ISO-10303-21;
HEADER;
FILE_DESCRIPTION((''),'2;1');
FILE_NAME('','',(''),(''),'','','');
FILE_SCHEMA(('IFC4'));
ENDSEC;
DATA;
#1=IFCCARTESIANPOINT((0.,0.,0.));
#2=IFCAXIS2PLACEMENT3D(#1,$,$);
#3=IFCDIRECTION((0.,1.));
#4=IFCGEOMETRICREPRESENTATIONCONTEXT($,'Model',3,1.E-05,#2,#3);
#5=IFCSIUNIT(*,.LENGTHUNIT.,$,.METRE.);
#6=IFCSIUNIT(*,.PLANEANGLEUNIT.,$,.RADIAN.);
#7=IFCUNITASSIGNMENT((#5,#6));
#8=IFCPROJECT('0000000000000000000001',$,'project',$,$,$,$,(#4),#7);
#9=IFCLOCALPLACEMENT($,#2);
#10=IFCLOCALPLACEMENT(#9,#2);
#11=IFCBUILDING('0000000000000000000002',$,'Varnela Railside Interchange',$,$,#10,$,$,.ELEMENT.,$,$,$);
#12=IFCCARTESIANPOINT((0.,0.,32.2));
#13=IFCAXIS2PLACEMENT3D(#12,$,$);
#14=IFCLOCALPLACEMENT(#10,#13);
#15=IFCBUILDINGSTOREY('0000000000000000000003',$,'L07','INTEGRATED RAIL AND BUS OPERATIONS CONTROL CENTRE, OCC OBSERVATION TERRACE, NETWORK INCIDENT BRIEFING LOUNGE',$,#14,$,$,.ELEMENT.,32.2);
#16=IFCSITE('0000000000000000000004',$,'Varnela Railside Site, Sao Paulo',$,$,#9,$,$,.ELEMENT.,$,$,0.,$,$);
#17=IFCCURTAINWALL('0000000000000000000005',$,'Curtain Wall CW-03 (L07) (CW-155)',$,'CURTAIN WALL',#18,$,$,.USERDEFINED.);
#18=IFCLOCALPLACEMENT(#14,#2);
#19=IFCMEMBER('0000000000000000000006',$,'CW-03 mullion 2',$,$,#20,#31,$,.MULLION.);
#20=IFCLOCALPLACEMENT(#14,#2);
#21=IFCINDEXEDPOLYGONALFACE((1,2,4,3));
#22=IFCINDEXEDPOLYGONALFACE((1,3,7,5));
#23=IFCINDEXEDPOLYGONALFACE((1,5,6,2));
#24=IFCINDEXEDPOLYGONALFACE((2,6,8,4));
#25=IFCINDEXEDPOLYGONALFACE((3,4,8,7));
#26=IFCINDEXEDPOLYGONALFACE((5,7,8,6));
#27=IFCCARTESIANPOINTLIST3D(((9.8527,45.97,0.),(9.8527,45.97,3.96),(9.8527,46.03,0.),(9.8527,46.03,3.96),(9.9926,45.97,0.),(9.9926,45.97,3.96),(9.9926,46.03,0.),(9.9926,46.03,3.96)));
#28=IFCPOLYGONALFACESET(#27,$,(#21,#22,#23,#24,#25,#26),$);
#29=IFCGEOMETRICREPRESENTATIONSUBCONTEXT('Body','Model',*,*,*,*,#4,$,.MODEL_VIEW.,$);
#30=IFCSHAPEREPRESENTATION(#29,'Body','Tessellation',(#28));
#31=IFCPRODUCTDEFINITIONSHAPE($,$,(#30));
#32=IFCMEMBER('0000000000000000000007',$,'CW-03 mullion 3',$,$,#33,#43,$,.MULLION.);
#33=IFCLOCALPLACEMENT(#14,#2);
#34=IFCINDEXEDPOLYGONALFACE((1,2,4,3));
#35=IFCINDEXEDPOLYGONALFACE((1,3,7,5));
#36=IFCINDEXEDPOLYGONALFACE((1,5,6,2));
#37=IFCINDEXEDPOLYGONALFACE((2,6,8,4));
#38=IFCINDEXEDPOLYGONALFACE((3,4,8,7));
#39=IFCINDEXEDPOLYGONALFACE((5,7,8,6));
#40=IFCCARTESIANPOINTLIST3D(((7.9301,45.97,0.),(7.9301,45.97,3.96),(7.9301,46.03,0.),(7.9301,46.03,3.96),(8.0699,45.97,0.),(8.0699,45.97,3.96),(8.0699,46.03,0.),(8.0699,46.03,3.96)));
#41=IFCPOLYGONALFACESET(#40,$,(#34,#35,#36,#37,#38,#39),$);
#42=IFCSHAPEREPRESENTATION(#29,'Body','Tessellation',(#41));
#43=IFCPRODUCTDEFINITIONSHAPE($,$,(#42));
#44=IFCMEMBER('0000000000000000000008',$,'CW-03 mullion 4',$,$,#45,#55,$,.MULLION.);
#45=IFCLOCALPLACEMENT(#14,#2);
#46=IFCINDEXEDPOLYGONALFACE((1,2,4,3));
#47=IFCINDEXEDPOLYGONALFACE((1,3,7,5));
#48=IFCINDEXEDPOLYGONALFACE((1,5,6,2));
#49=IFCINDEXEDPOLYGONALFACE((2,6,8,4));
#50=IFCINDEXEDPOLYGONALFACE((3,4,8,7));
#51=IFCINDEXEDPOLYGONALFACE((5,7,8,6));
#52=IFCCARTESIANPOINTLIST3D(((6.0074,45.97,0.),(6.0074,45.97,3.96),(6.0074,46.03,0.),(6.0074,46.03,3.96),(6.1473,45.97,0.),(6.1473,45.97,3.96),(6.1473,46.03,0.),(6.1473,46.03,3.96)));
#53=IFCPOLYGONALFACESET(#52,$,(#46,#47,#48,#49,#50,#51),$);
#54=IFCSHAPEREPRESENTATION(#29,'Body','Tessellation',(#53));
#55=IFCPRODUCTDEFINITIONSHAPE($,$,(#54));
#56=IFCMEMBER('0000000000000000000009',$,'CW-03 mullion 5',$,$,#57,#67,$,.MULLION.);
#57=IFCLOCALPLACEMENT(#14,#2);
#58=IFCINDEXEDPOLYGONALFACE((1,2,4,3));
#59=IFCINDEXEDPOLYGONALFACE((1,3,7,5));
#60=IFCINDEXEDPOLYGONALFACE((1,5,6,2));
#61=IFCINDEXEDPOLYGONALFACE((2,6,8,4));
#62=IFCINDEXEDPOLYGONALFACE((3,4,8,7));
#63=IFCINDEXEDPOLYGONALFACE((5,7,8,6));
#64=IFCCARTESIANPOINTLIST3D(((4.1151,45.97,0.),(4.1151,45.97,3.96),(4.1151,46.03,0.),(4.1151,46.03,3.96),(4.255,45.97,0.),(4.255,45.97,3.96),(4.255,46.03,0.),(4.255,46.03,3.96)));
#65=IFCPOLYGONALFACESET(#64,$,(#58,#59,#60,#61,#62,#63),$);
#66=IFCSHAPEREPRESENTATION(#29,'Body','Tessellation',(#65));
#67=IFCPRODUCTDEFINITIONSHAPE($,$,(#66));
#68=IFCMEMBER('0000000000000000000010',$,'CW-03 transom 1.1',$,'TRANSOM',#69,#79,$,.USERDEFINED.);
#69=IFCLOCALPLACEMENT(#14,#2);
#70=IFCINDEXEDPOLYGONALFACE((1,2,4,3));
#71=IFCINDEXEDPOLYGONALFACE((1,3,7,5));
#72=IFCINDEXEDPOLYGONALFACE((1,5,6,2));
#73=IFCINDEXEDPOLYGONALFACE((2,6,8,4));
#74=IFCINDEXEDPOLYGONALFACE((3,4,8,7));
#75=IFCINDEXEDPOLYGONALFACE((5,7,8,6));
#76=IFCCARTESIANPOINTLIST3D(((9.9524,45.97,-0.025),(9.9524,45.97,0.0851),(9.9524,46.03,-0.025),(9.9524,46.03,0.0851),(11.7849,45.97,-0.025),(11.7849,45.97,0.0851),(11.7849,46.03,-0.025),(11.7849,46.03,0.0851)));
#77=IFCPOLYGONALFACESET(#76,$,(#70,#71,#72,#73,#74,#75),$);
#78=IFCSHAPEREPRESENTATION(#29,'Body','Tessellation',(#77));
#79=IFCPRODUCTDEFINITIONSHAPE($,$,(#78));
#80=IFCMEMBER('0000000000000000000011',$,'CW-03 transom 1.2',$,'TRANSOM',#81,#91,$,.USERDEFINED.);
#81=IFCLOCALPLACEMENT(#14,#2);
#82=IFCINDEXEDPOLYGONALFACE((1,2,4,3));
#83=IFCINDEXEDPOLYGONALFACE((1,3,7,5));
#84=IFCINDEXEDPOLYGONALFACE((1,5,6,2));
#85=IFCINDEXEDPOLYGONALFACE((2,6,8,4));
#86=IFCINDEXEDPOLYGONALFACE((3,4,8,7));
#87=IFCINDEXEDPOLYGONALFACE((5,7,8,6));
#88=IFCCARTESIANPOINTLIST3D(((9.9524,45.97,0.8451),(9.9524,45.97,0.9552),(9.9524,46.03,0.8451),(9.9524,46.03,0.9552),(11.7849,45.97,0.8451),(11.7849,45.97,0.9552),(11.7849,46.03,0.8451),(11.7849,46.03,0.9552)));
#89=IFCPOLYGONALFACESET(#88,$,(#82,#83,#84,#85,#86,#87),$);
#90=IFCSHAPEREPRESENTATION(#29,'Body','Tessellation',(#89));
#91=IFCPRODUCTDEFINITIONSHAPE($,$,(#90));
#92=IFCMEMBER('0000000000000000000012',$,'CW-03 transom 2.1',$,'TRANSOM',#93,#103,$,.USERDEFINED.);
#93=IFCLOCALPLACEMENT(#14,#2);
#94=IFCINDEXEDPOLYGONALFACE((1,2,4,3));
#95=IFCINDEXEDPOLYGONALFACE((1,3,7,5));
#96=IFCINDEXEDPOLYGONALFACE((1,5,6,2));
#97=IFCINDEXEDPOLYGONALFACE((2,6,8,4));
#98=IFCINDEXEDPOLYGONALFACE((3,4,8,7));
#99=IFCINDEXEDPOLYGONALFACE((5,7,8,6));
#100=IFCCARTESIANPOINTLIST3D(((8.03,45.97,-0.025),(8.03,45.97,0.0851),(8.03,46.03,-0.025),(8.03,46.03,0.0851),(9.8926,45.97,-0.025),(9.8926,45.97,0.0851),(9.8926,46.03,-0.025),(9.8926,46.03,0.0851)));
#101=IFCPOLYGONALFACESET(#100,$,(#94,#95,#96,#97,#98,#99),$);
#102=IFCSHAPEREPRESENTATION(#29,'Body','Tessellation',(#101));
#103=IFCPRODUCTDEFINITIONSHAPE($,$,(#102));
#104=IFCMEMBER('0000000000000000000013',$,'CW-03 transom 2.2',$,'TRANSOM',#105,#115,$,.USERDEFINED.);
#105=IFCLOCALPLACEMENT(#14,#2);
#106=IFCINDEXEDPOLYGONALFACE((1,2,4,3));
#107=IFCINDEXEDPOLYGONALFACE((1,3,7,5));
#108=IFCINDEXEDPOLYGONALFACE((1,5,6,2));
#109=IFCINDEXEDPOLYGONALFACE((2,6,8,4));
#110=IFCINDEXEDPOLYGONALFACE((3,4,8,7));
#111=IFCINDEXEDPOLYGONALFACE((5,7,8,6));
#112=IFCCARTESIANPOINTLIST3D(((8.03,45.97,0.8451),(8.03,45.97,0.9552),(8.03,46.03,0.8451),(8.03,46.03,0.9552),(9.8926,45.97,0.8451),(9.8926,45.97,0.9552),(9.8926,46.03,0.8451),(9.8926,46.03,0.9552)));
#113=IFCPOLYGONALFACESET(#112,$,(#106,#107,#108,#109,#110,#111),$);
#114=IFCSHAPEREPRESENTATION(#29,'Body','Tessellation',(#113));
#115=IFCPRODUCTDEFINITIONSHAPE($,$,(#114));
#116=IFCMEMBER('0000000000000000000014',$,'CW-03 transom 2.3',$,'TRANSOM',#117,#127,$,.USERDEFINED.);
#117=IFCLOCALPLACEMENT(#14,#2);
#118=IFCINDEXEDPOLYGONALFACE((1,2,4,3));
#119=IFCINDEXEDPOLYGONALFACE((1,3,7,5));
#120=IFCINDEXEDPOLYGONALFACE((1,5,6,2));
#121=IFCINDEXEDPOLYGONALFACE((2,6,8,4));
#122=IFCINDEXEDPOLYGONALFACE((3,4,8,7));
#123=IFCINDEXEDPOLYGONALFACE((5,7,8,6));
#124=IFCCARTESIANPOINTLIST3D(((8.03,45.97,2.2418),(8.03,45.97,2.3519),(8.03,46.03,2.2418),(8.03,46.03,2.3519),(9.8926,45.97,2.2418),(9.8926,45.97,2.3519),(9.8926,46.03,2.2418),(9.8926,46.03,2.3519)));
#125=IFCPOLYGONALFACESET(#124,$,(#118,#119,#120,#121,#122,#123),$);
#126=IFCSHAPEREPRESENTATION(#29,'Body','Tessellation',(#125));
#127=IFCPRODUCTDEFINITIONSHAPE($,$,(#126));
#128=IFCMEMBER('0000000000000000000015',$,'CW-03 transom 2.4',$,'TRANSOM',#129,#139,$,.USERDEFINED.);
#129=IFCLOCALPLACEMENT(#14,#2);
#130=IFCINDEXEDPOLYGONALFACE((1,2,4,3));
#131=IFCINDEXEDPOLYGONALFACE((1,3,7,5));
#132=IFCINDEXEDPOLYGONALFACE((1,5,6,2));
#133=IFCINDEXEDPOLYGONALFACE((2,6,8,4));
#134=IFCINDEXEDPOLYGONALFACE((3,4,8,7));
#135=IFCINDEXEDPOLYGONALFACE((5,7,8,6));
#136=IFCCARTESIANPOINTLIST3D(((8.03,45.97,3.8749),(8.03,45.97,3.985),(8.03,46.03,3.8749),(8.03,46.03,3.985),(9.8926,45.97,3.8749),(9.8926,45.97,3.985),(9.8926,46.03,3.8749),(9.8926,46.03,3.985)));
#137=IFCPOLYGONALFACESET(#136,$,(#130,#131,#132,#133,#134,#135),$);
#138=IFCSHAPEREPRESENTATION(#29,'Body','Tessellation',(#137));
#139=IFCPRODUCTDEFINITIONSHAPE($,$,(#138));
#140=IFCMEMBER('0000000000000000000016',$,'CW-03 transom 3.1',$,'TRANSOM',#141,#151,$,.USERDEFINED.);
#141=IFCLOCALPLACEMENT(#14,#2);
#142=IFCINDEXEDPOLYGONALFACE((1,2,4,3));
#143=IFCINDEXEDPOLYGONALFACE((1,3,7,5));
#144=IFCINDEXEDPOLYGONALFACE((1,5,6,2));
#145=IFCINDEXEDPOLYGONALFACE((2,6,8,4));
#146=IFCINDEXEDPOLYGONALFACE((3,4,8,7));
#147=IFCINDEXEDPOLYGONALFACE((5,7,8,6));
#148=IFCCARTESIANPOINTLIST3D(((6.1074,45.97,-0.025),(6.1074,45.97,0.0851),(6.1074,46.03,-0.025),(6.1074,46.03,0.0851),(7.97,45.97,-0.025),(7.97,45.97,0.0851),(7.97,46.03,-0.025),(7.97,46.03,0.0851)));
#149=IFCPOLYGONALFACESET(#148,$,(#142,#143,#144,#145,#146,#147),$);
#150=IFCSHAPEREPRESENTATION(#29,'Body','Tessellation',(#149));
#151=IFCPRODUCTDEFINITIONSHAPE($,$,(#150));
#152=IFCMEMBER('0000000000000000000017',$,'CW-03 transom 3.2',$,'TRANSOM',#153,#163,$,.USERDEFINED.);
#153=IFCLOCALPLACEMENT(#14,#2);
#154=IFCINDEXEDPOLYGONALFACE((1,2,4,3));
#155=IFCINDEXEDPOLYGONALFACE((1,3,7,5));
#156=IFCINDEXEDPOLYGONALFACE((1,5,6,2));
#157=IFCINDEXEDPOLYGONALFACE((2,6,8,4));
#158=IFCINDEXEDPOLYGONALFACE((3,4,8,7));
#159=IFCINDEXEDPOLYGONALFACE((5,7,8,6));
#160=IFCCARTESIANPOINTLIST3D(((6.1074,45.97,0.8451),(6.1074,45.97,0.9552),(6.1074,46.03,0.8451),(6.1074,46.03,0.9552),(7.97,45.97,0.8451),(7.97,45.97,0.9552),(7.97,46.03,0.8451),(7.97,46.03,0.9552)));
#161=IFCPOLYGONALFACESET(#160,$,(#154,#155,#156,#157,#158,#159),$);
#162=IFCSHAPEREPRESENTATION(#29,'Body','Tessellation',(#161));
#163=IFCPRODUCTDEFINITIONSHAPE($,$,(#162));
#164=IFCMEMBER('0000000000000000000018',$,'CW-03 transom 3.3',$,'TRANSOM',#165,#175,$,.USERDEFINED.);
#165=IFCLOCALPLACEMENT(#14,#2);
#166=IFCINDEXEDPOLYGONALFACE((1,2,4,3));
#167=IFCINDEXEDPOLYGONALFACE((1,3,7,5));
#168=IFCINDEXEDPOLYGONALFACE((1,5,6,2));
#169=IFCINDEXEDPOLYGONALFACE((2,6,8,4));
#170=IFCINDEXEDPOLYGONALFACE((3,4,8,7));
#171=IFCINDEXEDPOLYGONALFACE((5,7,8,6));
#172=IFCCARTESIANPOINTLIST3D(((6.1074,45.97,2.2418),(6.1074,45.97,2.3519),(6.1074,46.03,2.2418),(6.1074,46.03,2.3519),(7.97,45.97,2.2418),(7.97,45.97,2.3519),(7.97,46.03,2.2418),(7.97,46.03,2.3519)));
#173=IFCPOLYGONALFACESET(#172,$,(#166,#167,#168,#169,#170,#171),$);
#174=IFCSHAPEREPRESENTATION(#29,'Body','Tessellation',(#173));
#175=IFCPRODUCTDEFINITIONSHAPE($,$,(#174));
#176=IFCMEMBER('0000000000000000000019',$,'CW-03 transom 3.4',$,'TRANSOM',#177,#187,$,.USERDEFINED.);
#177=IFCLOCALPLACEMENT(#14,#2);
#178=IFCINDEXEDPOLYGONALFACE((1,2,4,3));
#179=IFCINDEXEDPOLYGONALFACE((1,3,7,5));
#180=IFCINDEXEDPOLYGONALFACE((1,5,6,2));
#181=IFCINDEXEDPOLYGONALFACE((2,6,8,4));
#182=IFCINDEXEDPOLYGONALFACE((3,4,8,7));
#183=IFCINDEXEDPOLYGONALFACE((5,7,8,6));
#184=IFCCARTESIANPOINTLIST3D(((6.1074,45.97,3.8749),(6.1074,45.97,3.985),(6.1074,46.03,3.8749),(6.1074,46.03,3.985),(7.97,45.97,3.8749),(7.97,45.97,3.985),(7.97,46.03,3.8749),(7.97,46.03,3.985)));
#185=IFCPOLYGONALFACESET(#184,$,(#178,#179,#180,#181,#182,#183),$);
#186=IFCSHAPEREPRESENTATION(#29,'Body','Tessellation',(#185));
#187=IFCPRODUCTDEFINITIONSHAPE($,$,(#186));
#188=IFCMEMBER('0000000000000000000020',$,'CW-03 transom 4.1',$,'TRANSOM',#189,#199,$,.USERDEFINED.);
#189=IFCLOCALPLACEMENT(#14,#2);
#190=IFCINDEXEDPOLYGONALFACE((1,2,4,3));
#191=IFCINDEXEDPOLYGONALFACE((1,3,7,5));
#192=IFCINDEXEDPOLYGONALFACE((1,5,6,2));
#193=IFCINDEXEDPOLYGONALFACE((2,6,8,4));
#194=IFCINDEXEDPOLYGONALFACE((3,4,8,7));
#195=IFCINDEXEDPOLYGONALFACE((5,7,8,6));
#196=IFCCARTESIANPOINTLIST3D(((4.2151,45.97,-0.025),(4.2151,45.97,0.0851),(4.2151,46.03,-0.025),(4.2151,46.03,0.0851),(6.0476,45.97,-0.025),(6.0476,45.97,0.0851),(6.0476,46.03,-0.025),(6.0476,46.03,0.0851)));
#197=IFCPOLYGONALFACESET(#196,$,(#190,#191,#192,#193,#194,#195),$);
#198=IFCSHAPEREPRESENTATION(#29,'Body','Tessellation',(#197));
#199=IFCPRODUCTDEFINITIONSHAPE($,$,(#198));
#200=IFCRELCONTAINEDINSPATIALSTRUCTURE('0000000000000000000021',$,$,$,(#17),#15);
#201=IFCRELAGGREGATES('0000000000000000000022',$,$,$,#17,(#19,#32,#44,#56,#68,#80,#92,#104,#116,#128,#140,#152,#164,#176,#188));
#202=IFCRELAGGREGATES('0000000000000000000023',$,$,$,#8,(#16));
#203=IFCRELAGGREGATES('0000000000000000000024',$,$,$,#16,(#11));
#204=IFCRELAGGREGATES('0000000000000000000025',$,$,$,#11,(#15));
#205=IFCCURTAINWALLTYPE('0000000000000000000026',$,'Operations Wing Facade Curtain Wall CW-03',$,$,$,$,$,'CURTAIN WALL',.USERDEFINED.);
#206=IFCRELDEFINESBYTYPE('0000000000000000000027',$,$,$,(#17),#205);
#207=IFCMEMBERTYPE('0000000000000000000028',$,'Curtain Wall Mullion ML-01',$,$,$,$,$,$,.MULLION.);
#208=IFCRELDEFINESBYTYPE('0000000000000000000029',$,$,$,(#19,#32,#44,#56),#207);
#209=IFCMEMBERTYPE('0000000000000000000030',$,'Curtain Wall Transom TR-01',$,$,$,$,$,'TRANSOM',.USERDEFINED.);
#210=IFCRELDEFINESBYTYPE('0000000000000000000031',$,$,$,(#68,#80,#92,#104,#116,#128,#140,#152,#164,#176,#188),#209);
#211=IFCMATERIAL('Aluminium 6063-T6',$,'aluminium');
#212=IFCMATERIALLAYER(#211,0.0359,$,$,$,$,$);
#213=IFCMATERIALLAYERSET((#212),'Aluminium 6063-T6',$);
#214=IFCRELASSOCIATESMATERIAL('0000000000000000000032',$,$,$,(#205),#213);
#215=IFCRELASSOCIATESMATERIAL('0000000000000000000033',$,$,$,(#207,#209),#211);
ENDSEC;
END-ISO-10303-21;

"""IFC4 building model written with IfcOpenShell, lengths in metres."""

from ifc_helpers import new_model, si_unit, direction, frame, origin, origin_2d, place, context, subcontext, project, spatial, rectangle, extrude, material, layer, layer_set, material_profile, profile_set, type_object, element, aggregate, save


model = new_model("IFC4")

# Units and contexts
model_context = context("Model", 3, precision=1e-05, world=origin(), true_north=direction((0.0, 1.0)))
body_context = subcontext(model_context, "Body", "Model", "MODEL_VIEW")
ifc_project = project(units=[si_unit("LENGTHUNIT", "METRE"), si_unit("PLANEANGLEUNIT", "RADIAN")], contexts=[model_context])

# Site, building, storey
site_placement = place(None, origin())
site = spatial("IfcSite", under=ifc_project, at=site_placement, Name="Varnela Railside Site, Sao Paulo", CompositionType="ELEMENT", RefElevation=0.0)
building_placement = place(site_placement, origin())
building = spatial("IfcBuilding", under=site, at=building_placement, Name="Varnela Railside Interchange", CompositionType="ELEMENT")
storey_placement = place(building_placement, frame((0.0, 0.0, 32.2)))
storey = spatial("IfcBuildingStorey", under=building, at=storey_placement, Name="L07", Description="INTEGRATED RAIL AND BUS OPERATIONS CONTROL CENTRE, OCC OBSERVATION TERRACE, NETWORK INCIDENT BRIEFING LOUNGE", CompositionType="ELEMENT", Elevation=32.2)

# Curtain wall, members
ifc_material_1 = material(Name="Aluminium 6063-T6", Category="aluminium")
ifc_layer_1 = layer(ifc_material_1, 0.0359)
ifc_layer_set_1 = layer_set([ifc_layer_1], Name="Aluminium 6063-T6")
curtain_wall_type = type_object("IfcCurtainWallType", Name="Operations Wing Facade Curtain Wall CW-03", ElementType="CURTAIN WALL", PredefinedType="USERDEFINED", material=ifc_layer_set_1)
curtain_wall_placement = place(storey_placement, origin())
curtain_wall = element("IfcCurtainWall", 1, at=curtain_wall_placement, inside=storey, type_object=curtain_wall_type, Name="Curtain Wall CW-03 (L07) (CW-155)", ObjectType="CURTAIN WALL", PredefinedType="USERDEFINED")
ifc_material_profile_1 = material_profile(ifc_material_1, rectangle(XDim=0.0601, YDim=0.1399, at=origin_2d()), Name="ALU 60x140")
ifc_profile_set_1 = profile_set([ifc_material_profile_1], Name="Aluminium 6063-T6")
member_type_1 = type_object("IfcMemberType", Name="Curtain Wall Mullion ML-01", PredefinedType="MULLION", material=ifc_profile_set_1)
member_1_placement = place(storey_placement, frame((9.9226, 46.0, 0.0), z_axis=(0.0, 0.0, 1.0), x_axis=(0.0, -1.0, 0.0)))
member_1 = element("IfcMember", 2, at=member_1_placement, type_object=member_type_1, Name="CW-03 mullion 2", PredefinedType="MULLION", context=body_context, shape_type="SweptSolid", body=[
    extrude(rectangle(XDim=0.0601, YDim=0.1399, at=origin_2d()), origin(), (0.0, 0.0, 1.0), 3.96),
])
member_2_placement = place(storey_placement, frame((8.0, 46.0, 0.0), z_axis=(0.0, 0.0, 1.0), x_axis=(0.0, -1.0, 0.0)))
member_2 = element("IfcMember", 3, at=member_2_placement, type_object=member_type_1, Name="CW-03 mullion 3", PredefinedType="MULLION", context=body_context, shape_type="SweptSolid", body=[
    extrude(rectangle(XDim=0.0601, YDim=0.1399, at=origin_2d()), origin(), (0.0, 0.0, 1.0), 3.96),
])
member_3_placement = place(storey_placement, frame((6.0774, 46.0, 0.0), z_axis=(0.0, 0.0, 1.0), x_axis=(0.0, -1.0, 0.0)))
member_3 = element("IfcMember", 4, at=member_3_placement, type_object=member_type_1, Name="CW-03 mullion 4", PredefinedType="MULLION", context=body_context, shape_type="SweptSolid", body=[
    extrude(rectangle(XDim=0.0601, YDim=0.1399, at=origin_2d()), origin(), (0.0, 0.0, 1.0), 3.96),
])
member_4_placement = place(storey_placement, frame((4.1851, 46.0, 0.0), z_axis=(0.0, 0.0, 1.0), x_axis=(0.0, -1.0, 0.0)))
member_4 = element("IfcMember", 5, at=member_4_placement, type_object=member_type_1, Name="CW-03 mullion 5", PredefinedType="MULLION", context=body_context, shape_type="SweptSolid", body=[
    extrude(rectangle(XDim=0.0601, YDim=0.1399, at=origin_2d()), origin(), (0.0, 0.0, 1.0), 3.96),
])
ifc_material_profile_2 = material_profile(ifc_material_1, rectangle(XDim=0.0601, YDim=0.1101, at=origin_2d()), Name="ALU 60x110")
ifc_profile_set_2 = profile_set([ifc_material_profile_2], Name="Aluminium 6063-T6")
member_type_2 = type_object("IfcMemberType", Name="Curtain Wall Transom TR-01", ElementType="TRANSOM", PredefinedType="USERDEFINED", material=ifc_profile_set_2)
member_5_placement = place(storey_placement, frame((11.7849, 46.0, 0.03), z_axis=(-1.0, 0.0, 0.0), x_axis=(0.0, -1.0, 0.0)))
member_5 = element("IfcMember", 6, at=member_5_placement, type_object=member_type_2, Name="CW-03 transom 1.1", ObjectType="TRANSOM", PredefinedType="USERDEFINED", context=body_context, shape_type="SweptSolid", body=[
    extrude(rectangle(XDim=0.0601, YDim=0.1101, at=origin_2d()), origin(), (0.0, 0.0, 1.0), 1.8325),
])
member_6_placement = place(storey_placement, frame((11.7849, 46.0, 0.9001), z_axis=(-1.0, 0.0, 0.0), x_axis=(0.0, -1.0, 0.0)))
member_6 = element("IfcMember", 7, at=member_6_placement, type_object=member_type_2, Name="CW-03 transom 1.2", ObjectType="TRANSOM", PredefinedType="USERDEFINED", context=body_context, shape_type="SweptSolid", body=[
    extrude(rectangle(XDim=0.0601, YDim=0.1101, at=origin_2d()), origin(), (0.0, 0.0, 1.0), 1.8325),
])
member_7_placement = place(storey_placement, frame((9.8926, 46.0, 0.03), z_axis=(-1.0, 0.0, 0.0), x_axis=(0.0, -1.0, 0.0)))
member_7 = element("IfcMember", 8, at=member_7_placement, type_object=member_type_2, Name="CW-03 transom 2.1", ObjectType="TRANSOM", PredefinedType="USERDEFINED", context=body_context, shape_type="SweptSolid", body=[
    extrude(rectangle(XDim=0.0601, YDim=0.1101, at=origin_2d()), origin(), (0.0, 0.0, 1.0), 1.8625),
])
member_8_placement = place(storey_placement, frame((9.8926, 46.0, 0.9001), z_axis=(-1.0, 0.0, 0.0), x_axis=(0.0, -1.0, 0.0)))
member_8 = element("IfcMember", 9, at=member_8_placement, type_object=member_type_2, Name="CW-03 transom 2.2", ObjectType="TRANSOM", PredefinedType="USERDEFINED", context=body_context, shape_type="SweptSolid", body=[
    extrude(rectangle(XDim=0.0601, YDim=0.1101, at=origin_2d()), origin(), (0.0, 0.0, 1.0), 1.8625),
])
member_9_placement = place(storey_placement, frame((9.8926, 46.0, 2.2969), z_axis=(-1.0, 0.0, 0.0), x_axis=(0.0, -1.0, 0.0)))
member_9 = element("IfcMember", 10, at=member_9_placement, type_object=member_type_2, Name="CW-03 transom 2.3", ObjectType="TRANSOM", PredefinedType="USERDEFINED", context=body_context, shape_type="SweptSolid", body=[
    extrude(rectangle(XDim=0.0601, YDim=0.1101, at=origin_2d()), origin(), (0.0, 0.0, 1.0), 1.8625),
])
member_10_placement = place(storey_placement, frame((9.8926, 46.0, 3.9299), z_axis=(-1.0, 0.0, 0.0), x_axis=(0.0, -1.0, 0.0)))
member_10 = element("IfcMember", 11, at=member_10_placement, type_object=member_type_2, Name="CW-03 transom 2.4", ObjectType="TRANSOM", PredefinedType="USERDEFINED", context=body_context, shape_type="SweptSolid", body=[
    extrude(rectangle(XDim=0.0601, YDim=0.1101, at=origin_2d()), origin(), (0.0, 0.0, 1.0), 1.8625),
])
member_11_placement = place(storey_placement, frame((7.97, 46.0, 0.03), z_axis=(-1.0, 0.0, 0.0), x_axis=(0.0, -1.0, 0.0)))
member_11 = element("IfcMember", 12, at=member_11_placement, type_object=member_type_2, Name="CW-03 transom 3.1", ObjectType="TRANSOM", PredefinedType="USERDEFINED", context=body_context, shape_type="SweptSolid", body=[
    extrude(rectangle(XDim=0.0601, YDim=0.1101, at=origin_2d()), origin(), (0.0, 0.0, 1.0), 1.8625),
])
member_12_placement = place(storey_placement, frame((7.97, 46.0, 0.9001), z_axis=(-1.0, 0.0, 0.0), x_axis=(0.0, -1.0, 0.0)))
member_12 = element("IfcMember", 13, at=member_12_placement, type_object=member_type_2, Name="CW-03 transom 3.2", ObjectType="TRANSOM", PredefinedType="USERDEFINED", context=body_context, shape_type="SweptSolid", body=[
    extrude(rectangle(XDim=0.0601, YDim=0.1101, at=origin_2d()), origin(), (0.0, 0.0, 1.0), 1.8625),
])
member_13_placement = place(storey_placement, frame((7.97, 46.0, 2.2969), z_axis=(-1.0, 0.0, 0.0), x_axis=(0.0, -1.0, 0.0)))
member_13 = element("IfcMember", 14, at=member_13_placement, type_object=member_type_2, Name="CW-03 transom 3.3", ObjectType="TRANSOM", PredefinedType="USERDEFINED", context=body_context, shape_type="SweptSolid", body=[
    extrude(rectangle(XDim=0.0601, YDim=0.1101, at=origin_2d()), origin(), (0.0, 0.0, 1.0), 1.8625),
])
member_14_placement = place(storey_placement, frame((7.97, 46.0, 3.9299), z_axis=(-1.0, 0.0, 0.0), x_axis=(0.0, -1.0, 0.0)))
member_14 = element("IfcMember", 15, at=member_14_placement, type_object=member_type_2, Name="CW-03 transom 3.4", ObjectType="TRANSOM", PredefinedType="USERDEFINED", context=body_context, shape_type="SweptSolid", body=[
    extrude(rectangle(XDim=0.0601, YDim=0.1101, at=origin_2d()), origin(), (0.0, 0.0, 1.0), 1.8625),
])
member_15_placement = place(storey_placement, frame((6.0476, 46.0, 0.03), z_axis=(-1.0, 0.0, 0.0), x_axis=(0.0, -1.0, 0.0)))
member_15 = element("IfcMember", 16, at=member_15_placement, type_object=member_type_2, Name="CW-03 transom 4.1", ObjectType="TRANSOM", PredefinedType="USERDEFINED", context=body_context, shape_type="SweptSolid", body=[
    extrude(rectangle(XDim=0.0601, YDim=0.1101, at=origin_2d()), origin(), (0.0, 0.0, 1.0), 1.8325),
])

aggregate(curtain_wall, [member_1, member_2, member_3, member_4, member_5, member_6, member_7, member_8, member_9, member_10, member_11, member_12, member_13, member_14, member_15])

save(model, "model.ifc")
